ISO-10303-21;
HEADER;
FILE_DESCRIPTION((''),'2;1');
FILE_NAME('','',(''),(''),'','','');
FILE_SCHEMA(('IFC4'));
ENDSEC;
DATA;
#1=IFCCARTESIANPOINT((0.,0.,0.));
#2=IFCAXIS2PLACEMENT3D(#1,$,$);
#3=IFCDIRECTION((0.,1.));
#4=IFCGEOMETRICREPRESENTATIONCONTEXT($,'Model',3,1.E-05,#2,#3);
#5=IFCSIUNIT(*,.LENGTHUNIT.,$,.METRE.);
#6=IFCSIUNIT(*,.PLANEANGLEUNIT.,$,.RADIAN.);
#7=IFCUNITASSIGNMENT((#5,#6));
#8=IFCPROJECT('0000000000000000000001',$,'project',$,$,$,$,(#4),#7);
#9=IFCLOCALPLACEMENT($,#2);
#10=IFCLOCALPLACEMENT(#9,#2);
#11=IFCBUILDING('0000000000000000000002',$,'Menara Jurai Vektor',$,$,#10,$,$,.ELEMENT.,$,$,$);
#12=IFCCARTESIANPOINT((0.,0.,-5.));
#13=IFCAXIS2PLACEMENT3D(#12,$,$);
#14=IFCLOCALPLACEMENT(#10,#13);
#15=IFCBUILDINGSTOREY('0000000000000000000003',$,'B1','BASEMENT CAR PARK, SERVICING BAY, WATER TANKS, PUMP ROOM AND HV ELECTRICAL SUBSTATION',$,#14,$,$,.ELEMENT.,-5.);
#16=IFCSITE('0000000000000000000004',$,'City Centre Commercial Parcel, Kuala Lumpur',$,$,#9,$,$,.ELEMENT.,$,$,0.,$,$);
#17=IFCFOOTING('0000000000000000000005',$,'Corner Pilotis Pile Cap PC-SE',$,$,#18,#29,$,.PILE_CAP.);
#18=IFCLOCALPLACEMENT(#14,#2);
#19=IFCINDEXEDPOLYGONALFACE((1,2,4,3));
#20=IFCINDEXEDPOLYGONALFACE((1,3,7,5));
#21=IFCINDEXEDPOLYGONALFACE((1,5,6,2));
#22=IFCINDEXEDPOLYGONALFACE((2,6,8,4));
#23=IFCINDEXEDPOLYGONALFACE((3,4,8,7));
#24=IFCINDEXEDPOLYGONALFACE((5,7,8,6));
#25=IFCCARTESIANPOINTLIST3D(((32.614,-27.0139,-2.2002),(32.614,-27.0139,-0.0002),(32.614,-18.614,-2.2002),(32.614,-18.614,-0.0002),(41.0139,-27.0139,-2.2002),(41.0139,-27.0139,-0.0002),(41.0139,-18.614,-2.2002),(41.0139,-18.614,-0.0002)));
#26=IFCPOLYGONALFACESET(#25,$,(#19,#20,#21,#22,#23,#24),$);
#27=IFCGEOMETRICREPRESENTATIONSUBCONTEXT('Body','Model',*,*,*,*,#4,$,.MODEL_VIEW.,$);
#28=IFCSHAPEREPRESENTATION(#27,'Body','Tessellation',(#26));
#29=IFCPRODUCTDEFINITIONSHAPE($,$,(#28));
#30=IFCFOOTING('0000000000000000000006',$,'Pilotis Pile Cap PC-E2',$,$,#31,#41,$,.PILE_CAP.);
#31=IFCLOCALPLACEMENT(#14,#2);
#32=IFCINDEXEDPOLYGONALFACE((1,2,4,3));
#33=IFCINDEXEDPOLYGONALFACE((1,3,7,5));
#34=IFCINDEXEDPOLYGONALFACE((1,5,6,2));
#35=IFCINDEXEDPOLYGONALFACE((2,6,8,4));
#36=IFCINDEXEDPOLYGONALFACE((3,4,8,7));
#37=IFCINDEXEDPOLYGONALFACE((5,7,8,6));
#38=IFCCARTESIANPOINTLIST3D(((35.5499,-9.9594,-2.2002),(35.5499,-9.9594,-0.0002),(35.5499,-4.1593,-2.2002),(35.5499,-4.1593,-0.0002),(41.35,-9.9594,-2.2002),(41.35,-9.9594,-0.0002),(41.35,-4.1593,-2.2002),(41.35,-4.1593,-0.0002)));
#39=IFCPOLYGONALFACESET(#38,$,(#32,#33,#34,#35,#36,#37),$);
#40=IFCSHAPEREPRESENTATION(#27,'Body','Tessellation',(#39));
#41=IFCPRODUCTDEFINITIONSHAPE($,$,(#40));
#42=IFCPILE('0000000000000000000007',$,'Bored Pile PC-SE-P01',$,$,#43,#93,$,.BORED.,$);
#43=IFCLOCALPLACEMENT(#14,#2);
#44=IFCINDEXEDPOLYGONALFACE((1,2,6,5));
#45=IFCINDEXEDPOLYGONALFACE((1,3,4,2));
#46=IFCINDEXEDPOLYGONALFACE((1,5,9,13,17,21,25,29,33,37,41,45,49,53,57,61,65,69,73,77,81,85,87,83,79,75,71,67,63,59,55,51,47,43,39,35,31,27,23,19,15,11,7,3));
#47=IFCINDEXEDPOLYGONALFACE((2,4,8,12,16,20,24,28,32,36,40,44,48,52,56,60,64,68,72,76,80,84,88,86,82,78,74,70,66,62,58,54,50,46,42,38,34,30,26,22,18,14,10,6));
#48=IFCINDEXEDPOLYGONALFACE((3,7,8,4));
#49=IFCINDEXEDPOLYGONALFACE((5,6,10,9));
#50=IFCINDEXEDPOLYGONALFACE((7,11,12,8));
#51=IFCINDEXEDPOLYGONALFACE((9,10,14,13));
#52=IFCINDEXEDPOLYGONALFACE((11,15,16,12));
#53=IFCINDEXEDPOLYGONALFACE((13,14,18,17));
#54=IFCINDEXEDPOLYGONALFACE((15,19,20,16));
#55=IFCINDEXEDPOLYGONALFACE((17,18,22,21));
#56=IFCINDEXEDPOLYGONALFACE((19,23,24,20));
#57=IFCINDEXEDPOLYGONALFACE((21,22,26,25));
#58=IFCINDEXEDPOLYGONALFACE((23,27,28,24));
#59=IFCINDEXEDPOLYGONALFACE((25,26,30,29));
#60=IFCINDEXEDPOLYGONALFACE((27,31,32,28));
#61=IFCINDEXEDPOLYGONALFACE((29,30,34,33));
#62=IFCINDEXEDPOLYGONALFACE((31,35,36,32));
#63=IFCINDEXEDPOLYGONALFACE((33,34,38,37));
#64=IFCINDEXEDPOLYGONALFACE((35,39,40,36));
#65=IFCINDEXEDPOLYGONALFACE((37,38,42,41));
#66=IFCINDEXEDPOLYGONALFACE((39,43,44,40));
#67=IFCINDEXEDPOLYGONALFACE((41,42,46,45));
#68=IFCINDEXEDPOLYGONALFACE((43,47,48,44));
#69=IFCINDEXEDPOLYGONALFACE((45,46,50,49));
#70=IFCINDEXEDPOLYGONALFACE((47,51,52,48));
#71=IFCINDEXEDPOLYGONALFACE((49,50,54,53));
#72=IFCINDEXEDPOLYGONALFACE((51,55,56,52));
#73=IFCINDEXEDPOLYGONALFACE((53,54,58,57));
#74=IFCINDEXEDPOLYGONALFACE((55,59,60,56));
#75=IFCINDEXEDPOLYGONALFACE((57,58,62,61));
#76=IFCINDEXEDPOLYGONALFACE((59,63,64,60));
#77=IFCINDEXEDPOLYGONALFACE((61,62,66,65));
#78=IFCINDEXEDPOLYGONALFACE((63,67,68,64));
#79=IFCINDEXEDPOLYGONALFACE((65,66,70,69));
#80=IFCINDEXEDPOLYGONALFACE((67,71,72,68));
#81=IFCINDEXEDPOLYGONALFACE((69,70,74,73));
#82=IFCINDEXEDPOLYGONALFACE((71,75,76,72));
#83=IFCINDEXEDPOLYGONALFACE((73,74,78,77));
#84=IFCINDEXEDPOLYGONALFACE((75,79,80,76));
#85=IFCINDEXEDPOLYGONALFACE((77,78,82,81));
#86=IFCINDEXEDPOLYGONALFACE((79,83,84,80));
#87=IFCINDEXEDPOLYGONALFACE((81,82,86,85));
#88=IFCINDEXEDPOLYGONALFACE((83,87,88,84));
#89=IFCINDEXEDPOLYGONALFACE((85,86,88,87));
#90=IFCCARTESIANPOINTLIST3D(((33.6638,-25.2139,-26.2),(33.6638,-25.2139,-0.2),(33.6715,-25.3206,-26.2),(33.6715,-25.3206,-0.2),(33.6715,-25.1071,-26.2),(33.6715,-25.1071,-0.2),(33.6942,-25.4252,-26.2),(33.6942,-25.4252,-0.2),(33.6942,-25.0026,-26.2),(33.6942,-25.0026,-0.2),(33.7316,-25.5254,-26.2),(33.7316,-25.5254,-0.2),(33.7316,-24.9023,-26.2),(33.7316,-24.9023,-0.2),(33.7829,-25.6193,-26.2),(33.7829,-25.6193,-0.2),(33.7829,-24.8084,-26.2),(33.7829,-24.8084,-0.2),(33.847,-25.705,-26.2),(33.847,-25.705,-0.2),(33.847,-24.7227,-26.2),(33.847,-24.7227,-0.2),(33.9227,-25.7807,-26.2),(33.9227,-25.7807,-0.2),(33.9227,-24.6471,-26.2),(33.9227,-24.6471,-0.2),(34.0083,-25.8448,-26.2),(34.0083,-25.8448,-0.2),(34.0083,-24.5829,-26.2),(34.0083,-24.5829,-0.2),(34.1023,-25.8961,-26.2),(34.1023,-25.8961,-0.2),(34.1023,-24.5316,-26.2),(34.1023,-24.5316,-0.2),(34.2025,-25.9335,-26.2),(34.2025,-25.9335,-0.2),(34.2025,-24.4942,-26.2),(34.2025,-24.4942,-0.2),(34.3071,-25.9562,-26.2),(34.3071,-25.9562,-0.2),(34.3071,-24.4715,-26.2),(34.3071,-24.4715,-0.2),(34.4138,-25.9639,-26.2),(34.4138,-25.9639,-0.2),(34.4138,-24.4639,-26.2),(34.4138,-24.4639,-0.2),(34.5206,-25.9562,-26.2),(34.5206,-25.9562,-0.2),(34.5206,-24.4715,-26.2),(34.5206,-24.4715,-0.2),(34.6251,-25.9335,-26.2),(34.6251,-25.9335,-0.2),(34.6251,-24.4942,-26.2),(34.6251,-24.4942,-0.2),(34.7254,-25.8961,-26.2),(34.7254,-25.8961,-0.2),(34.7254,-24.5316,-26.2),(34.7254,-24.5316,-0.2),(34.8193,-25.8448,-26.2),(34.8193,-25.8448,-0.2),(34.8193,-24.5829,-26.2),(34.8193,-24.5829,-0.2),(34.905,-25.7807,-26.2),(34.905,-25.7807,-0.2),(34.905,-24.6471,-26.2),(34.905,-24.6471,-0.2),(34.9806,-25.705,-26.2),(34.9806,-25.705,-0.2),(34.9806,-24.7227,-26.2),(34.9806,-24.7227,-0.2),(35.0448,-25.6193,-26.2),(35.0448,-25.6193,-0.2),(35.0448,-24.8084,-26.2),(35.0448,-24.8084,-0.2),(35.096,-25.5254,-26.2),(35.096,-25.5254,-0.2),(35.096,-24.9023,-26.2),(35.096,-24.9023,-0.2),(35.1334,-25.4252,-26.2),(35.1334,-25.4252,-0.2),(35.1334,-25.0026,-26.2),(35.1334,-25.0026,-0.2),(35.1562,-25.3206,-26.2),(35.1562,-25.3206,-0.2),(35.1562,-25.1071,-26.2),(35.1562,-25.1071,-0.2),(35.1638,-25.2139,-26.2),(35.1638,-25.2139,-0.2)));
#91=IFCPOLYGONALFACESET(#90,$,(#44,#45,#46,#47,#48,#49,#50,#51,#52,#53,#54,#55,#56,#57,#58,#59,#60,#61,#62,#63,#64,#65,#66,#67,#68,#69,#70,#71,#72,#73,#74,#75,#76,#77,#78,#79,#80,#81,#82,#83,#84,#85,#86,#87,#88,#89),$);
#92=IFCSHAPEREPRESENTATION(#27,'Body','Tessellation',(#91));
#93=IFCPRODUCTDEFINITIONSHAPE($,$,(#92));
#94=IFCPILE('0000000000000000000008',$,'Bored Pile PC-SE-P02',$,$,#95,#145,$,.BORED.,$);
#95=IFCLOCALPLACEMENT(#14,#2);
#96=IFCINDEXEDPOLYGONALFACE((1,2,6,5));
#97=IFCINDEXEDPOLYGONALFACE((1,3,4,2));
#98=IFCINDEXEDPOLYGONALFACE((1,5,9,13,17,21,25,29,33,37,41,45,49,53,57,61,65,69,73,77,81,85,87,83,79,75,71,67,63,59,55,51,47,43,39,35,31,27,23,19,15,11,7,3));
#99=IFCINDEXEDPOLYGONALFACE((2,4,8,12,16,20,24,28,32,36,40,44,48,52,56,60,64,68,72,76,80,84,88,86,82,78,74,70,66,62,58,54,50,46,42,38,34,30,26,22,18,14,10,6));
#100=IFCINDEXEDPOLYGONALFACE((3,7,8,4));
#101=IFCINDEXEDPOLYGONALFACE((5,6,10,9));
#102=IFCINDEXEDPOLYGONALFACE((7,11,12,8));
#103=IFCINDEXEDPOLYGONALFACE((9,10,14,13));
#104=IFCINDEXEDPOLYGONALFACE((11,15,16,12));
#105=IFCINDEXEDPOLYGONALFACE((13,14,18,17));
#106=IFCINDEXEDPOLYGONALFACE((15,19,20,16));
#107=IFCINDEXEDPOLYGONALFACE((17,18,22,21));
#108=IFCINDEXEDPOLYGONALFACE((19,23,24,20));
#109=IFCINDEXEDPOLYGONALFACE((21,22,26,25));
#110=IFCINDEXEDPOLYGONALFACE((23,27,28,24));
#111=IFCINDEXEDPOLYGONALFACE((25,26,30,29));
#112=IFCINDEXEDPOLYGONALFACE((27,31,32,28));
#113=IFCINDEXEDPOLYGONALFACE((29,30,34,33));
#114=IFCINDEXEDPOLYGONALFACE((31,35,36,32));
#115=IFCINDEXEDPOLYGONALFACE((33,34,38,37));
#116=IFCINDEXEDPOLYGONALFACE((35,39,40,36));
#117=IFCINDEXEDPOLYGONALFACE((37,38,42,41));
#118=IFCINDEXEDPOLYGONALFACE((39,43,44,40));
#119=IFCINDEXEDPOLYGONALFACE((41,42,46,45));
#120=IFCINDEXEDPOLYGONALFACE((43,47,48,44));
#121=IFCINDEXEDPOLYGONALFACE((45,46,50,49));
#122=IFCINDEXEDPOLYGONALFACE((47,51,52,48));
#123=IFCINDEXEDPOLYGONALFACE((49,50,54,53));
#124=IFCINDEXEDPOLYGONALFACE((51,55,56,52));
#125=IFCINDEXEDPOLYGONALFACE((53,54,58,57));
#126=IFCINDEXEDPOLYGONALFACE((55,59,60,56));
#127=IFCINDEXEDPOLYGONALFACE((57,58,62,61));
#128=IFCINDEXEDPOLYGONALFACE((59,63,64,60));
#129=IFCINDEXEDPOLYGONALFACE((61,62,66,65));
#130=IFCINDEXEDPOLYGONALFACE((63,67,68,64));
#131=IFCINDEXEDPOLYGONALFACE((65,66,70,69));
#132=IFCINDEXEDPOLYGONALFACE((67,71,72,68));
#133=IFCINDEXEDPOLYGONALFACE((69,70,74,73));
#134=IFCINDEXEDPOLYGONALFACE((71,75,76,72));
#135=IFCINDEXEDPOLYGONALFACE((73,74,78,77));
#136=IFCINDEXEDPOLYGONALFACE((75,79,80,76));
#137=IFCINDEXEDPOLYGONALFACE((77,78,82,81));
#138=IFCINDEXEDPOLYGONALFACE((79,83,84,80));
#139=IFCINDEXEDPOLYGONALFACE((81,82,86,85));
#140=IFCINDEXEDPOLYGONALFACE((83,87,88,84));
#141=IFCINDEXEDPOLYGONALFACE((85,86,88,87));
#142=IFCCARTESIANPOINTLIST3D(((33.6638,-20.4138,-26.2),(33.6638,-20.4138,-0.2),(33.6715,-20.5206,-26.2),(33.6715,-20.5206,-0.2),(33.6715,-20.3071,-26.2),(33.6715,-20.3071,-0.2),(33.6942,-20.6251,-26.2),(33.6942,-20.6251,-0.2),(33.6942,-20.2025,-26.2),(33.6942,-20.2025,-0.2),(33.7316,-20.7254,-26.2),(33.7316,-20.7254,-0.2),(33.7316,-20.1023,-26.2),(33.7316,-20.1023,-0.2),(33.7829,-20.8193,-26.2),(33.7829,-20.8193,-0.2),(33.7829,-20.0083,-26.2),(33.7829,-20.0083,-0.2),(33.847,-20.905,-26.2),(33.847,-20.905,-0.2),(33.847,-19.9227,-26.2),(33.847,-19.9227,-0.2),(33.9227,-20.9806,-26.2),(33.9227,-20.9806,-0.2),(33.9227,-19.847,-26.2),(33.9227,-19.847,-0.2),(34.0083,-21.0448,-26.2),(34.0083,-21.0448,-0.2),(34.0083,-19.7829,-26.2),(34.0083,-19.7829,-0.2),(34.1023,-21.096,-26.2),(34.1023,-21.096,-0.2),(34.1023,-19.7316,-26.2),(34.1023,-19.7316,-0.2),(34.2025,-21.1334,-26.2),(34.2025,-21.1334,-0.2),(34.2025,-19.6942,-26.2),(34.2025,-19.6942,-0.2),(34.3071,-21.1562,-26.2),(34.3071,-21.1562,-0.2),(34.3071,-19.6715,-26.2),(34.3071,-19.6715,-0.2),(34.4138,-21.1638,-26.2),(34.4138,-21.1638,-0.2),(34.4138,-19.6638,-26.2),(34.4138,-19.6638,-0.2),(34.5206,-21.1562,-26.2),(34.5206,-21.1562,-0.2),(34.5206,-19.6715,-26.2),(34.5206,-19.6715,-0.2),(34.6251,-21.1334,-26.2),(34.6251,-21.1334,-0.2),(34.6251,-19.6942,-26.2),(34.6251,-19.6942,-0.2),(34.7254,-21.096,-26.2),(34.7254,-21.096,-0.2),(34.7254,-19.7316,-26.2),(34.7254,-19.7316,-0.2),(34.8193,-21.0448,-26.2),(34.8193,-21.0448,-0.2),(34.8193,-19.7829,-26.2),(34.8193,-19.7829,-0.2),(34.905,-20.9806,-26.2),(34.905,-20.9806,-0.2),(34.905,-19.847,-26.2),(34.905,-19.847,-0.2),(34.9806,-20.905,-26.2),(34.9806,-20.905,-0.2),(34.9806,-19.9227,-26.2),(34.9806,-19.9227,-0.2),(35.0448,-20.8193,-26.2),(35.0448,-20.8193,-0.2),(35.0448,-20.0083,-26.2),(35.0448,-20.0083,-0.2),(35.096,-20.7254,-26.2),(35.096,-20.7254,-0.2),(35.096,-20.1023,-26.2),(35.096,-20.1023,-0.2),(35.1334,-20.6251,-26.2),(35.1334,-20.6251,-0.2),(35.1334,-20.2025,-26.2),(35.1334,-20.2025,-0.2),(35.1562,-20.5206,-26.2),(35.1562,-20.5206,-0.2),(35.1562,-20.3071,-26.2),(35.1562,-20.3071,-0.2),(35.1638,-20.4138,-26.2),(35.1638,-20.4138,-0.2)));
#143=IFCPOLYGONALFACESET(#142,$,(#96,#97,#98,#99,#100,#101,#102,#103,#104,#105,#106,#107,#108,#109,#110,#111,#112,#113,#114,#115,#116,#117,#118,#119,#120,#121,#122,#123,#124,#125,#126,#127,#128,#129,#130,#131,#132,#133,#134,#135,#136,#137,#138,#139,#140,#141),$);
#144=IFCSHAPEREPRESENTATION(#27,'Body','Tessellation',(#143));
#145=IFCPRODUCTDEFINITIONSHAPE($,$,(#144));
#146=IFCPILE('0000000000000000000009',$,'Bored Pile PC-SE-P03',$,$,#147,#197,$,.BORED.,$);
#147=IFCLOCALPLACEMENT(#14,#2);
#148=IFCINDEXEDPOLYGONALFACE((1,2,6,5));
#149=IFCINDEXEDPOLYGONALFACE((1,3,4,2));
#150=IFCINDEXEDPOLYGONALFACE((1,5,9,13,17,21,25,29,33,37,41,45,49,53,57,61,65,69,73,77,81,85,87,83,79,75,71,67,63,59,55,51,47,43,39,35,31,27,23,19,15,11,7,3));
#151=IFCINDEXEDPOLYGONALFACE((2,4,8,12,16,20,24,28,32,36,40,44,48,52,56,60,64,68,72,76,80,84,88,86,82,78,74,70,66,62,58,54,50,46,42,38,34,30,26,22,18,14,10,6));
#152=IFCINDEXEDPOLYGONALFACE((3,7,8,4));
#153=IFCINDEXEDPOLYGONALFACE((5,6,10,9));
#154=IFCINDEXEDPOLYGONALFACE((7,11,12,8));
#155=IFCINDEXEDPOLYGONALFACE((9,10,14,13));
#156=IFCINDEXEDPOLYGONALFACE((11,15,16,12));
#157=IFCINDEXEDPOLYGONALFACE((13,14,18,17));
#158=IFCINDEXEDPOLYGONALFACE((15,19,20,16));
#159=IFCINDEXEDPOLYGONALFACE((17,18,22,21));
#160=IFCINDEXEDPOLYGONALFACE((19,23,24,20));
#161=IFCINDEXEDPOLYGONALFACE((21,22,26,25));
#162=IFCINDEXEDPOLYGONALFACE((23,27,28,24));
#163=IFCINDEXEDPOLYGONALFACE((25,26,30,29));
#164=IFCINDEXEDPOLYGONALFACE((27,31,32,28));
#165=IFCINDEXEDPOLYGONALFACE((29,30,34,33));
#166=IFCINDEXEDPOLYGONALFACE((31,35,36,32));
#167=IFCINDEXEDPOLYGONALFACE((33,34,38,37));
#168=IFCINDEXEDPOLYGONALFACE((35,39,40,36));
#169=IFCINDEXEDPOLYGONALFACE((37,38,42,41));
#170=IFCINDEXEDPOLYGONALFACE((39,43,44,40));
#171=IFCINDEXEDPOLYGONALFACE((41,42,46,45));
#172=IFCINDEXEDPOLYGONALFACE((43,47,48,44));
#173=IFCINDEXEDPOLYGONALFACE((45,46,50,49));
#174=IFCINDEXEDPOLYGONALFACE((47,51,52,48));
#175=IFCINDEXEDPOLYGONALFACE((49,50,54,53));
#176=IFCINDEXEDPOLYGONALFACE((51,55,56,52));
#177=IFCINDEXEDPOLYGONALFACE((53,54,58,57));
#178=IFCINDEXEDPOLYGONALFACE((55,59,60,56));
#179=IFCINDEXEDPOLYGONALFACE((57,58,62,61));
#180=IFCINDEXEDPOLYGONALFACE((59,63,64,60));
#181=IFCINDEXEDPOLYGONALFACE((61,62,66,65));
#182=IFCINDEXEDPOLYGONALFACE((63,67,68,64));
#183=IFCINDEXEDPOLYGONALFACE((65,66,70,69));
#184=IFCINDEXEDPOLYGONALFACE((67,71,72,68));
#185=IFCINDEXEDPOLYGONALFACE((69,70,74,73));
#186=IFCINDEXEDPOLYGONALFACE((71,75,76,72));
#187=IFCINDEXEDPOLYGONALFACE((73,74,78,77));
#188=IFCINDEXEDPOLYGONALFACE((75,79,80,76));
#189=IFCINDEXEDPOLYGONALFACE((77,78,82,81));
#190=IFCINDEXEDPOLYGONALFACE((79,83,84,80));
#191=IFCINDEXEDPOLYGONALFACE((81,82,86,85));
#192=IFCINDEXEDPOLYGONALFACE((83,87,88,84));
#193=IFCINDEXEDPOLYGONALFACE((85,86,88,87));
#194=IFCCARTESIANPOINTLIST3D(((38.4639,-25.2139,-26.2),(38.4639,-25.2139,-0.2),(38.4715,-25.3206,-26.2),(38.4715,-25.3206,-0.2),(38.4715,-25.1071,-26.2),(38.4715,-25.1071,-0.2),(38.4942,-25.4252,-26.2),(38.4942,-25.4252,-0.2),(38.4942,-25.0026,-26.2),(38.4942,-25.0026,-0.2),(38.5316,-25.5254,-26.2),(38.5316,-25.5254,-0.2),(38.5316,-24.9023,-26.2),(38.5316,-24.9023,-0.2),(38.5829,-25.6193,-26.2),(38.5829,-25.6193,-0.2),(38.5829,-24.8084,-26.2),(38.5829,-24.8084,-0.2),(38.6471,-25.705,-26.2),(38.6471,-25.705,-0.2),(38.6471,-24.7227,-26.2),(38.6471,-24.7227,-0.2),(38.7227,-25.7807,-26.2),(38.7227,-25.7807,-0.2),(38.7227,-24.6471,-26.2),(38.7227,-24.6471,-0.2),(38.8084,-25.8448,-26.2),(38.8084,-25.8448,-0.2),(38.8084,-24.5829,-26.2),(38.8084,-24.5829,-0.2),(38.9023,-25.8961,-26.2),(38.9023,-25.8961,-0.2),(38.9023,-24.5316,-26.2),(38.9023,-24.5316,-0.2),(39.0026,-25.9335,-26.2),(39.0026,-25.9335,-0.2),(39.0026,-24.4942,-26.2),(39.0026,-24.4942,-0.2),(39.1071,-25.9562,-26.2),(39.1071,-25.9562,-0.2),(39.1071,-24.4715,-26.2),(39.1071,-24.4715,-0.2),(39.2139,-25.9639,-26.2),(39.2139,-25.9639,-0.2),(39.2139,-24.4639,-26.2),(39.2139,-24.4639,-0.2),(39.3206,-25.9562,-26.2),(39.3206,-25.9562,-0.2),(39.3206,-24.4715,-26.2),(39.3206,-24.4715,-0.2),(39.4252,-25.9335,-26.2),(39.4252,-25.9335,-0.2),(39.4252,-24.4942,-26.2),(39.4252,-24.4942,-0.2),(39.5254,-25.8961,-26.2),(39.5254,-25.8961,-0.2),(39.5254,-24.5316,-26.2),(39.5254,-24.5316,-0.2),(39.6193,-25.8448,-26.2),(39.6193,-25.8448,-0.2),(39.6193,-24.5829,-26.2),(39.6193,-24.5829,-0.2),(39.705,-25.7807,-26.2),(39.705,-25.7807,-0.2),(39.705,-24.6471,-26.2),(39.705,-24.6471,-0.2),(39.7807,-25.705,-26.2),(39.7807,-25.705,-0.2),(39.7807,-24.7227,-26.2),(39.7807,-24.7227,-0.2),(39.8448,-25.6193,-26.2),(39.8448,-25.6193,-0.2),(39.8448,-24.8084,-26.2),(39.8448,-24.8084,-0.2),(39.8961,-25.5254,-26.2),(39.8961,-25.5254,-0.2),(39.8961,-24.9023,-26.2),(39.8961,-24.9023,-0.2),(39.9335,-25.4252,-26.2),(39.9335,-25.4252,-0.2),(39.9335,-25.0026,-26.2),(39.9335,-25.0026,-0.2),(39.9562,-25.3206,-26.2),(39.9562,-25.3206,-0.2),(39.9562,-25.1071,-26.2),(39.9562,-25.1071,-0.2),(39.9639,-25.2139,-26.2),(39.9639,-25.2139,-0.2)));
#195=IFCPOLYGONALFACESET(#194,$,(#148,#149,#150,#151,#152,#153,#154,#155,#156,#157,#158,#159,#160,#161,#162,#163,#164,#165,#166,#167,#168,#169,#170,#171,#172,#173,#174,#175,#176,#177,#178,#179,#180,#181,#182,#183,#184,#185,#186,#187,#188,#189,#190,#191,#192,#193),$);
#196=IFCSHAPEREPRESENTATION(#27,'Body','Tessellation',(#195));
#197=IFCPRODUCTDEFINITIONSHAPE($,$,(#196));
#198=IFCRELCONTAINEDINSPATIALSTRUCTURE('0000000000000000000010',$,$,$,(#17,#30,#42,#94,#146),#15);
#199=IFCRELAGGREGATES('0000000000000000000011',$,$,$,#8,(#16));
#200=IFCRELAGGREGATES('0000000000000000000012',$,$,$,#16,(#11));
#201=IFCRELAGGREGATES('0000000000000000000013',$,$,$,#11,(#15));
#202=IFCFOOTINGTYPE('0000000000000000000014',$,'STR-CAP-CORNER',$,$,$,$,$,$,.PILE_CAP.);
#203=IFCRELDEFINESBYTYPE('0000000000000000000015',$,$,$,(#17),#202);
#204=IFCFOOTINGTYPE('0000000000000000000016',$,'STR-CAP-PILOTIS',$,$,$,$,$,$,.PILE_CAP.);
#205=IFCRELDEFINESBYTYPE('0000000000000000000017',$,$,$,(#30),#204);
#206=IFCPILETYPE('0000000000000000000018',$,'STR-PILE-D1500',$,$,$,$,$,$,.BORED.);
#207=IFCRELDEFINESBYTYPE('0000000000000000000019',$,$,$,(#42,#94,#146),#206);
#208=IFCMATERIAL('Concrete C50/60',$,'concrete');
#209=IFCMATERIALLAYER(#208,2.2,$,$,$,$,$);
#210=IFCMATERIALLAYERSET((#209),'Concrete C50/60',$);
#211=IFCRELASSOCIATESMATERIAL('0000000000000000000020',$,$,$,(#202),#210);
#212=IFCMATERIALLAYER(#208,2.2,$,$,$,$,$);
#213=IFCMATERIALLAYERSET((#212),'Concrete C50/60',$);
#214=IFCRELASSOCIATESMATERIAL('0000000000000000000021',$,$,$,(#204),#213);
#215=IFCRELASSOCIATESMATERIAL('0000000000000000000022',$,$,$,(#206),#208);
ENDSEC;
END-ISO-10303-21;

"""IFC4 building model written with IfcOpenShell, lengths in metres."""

from ifc_helpers import new_model, si_unit, direction, frame, origin, origin_2d, place, context, subcontext, project, spatial, rectangle, circle, extrude, material, layer, layer_set, material_profile, profile_set, type_object, element, save


model = new_model("IFC4")

# Units and contexts
model_context = context("Model", 3, precision=1e-05, world=origin(), true_north=direction((0.0, 1.0)))
body_context = subcontext(model_context, "Body", "Model", "MODEL_VIEW")
ifc_project = project(units=[si_unit("LENGTHUNIT", "METRE"), si_unit("PLANEANGLEUNIT", "RADIAN")], contexts=[model_context])

# Site, building, storey
site_placement = place(None, origin())
site = spatial("IfcSite", under=ifc_project, at=site_placement, Name="City Centre Commercial Parcel, Kuala Lumpur", CompositionType="ELEMENT", RefElevation=0.0)
building_placement = place(site_placement, origin())
building = spatial("IfcBuilding", under=site, at=building_placement, Name="Menara Jurai Vektor", CompositionType="ELEMENT")
storey_placement = place(building_placement, frame((0.0, 0.0, -5.0)))
storey = spatial("IfcBuildingStorey", under=building, at=storey_placement, Name="B1", Description="BASEMENT CAR PARK, SERVICING BAY, WATER TANKS, PUMP ROOM AND HV ELECTRICAL SUBSTATION", CompositionType="ELEMENT", Elevation=-5.0)

# Footings
ifc_material_1 = material(Name="Concrete C50/60", Category="concrete")
ifc_layer_1 = layer(ifc_material_1, 2.2)
ifc_layer_set_1 = layer_set([ifc_layer_1], Name="Concrete C50/60")
footing_type_1 = type_object("IfcFootingType", Name="STR-CAP-CORNER", PredefinedType="PILE_CAP", material=ifc_layer_set_1)
footing_1_placement = place(storey_placement, frame((36.814, -22.814, -2.2002), z_axis=(0.0, 0.0, 1.0), x_axis=(1.0, 0.0, 0.0)))
element("IfcFooting", 1, at=footing_1_placement, inside=storey, type_object=footing_type_1, Name="Corner Pilotis Pile Cap PC-SE", PredefinedType="PILE_CAP", context=body_context, shape_type="SweptSolid", body=[
    extrude(rectangle(XDim=8.3999, YDim=8.3999, at=origin_2d()), origin(), (0.0, 0.0, 1.0), 2.2),
])
ifc_layer_2 = layer(ifc_material_1, 2.2)
ifc_layer_set_2 = layer_set([ifc_layer_2], Name="Concrete C50/60")
footing_type_2 = type_object("IfcFootingType", Name="STR-CAP-PILOTIS", PredefinedType="PILE_CAP", material=ifc_layer_set_2)
footing_2_placement = place(storey_placement, frame((38.45, -7.0593, -2.2002), z_axis=(0.0, 0.0, 1.0), x_axis=(1.0, 0.0, 0.0)))
element("IfcFooting", 2, at=footing_2_placement, inside=storey, type_object=footing_type_2, Name="Pilotis Pile Cap PC-E2", PredefinedType="PILE_CAP", context=body_context, shape_type="SweptSolid", body=[
    extrude(rectangle(XDim=5.8, YDim=5.8, at=origin_2d()), origin(), (0.0, 0.0, 1.0), 2.2),
])

# Piles
ifc_material_profile_1 = material_profile(ifc_material_1, circle(Radius=0.75, at=origin_2d()), Name="PILE D1500")
ifc_profile_set_1 = profile_set([ifc_material_profile_1], Name="Concrete C50/60")
pile_type = type_object("IfcPileType", Name="STR-PILE-D1500", PredefinedType="BORED", material=ifc_profile_set_1)
for number, where, z_axis, x_axis, name in (
    (3, (34.4138, -25.2139, -0.2), (0.0, 0.0, -1.0), (1.0, 0.0, 0.0), "Bored Pile PC-SE-P01"),
    (4, (34.4138, -20.4138, -0.2), (0.0, 0.0, -1.0), (1.0, 0.0, 0.0), "Bored Pile PC-SE-P02"),
    (5, (39.2139, -25.2139, -0.2), (0.0, 0.0, -1.0), (1.0, 0.0, 0.0), "Bored Pile PC-SE-P03"),
):
    element("IfcPile", number, at=place(storey_placement, frame(where, z_axis=z_axis, x_axis=x_axis)), inside=storey, type_object=pile_type, Name=name, PredefinedType="BORED", context=body_context, shape_type="SweptSolid", body=[
        extrude(circle(Radius=0.75, at=origin_2d()), origin(), (0.0, 0.0, 1.0), 26.0),
    ])

save(model, "model.ifc")
